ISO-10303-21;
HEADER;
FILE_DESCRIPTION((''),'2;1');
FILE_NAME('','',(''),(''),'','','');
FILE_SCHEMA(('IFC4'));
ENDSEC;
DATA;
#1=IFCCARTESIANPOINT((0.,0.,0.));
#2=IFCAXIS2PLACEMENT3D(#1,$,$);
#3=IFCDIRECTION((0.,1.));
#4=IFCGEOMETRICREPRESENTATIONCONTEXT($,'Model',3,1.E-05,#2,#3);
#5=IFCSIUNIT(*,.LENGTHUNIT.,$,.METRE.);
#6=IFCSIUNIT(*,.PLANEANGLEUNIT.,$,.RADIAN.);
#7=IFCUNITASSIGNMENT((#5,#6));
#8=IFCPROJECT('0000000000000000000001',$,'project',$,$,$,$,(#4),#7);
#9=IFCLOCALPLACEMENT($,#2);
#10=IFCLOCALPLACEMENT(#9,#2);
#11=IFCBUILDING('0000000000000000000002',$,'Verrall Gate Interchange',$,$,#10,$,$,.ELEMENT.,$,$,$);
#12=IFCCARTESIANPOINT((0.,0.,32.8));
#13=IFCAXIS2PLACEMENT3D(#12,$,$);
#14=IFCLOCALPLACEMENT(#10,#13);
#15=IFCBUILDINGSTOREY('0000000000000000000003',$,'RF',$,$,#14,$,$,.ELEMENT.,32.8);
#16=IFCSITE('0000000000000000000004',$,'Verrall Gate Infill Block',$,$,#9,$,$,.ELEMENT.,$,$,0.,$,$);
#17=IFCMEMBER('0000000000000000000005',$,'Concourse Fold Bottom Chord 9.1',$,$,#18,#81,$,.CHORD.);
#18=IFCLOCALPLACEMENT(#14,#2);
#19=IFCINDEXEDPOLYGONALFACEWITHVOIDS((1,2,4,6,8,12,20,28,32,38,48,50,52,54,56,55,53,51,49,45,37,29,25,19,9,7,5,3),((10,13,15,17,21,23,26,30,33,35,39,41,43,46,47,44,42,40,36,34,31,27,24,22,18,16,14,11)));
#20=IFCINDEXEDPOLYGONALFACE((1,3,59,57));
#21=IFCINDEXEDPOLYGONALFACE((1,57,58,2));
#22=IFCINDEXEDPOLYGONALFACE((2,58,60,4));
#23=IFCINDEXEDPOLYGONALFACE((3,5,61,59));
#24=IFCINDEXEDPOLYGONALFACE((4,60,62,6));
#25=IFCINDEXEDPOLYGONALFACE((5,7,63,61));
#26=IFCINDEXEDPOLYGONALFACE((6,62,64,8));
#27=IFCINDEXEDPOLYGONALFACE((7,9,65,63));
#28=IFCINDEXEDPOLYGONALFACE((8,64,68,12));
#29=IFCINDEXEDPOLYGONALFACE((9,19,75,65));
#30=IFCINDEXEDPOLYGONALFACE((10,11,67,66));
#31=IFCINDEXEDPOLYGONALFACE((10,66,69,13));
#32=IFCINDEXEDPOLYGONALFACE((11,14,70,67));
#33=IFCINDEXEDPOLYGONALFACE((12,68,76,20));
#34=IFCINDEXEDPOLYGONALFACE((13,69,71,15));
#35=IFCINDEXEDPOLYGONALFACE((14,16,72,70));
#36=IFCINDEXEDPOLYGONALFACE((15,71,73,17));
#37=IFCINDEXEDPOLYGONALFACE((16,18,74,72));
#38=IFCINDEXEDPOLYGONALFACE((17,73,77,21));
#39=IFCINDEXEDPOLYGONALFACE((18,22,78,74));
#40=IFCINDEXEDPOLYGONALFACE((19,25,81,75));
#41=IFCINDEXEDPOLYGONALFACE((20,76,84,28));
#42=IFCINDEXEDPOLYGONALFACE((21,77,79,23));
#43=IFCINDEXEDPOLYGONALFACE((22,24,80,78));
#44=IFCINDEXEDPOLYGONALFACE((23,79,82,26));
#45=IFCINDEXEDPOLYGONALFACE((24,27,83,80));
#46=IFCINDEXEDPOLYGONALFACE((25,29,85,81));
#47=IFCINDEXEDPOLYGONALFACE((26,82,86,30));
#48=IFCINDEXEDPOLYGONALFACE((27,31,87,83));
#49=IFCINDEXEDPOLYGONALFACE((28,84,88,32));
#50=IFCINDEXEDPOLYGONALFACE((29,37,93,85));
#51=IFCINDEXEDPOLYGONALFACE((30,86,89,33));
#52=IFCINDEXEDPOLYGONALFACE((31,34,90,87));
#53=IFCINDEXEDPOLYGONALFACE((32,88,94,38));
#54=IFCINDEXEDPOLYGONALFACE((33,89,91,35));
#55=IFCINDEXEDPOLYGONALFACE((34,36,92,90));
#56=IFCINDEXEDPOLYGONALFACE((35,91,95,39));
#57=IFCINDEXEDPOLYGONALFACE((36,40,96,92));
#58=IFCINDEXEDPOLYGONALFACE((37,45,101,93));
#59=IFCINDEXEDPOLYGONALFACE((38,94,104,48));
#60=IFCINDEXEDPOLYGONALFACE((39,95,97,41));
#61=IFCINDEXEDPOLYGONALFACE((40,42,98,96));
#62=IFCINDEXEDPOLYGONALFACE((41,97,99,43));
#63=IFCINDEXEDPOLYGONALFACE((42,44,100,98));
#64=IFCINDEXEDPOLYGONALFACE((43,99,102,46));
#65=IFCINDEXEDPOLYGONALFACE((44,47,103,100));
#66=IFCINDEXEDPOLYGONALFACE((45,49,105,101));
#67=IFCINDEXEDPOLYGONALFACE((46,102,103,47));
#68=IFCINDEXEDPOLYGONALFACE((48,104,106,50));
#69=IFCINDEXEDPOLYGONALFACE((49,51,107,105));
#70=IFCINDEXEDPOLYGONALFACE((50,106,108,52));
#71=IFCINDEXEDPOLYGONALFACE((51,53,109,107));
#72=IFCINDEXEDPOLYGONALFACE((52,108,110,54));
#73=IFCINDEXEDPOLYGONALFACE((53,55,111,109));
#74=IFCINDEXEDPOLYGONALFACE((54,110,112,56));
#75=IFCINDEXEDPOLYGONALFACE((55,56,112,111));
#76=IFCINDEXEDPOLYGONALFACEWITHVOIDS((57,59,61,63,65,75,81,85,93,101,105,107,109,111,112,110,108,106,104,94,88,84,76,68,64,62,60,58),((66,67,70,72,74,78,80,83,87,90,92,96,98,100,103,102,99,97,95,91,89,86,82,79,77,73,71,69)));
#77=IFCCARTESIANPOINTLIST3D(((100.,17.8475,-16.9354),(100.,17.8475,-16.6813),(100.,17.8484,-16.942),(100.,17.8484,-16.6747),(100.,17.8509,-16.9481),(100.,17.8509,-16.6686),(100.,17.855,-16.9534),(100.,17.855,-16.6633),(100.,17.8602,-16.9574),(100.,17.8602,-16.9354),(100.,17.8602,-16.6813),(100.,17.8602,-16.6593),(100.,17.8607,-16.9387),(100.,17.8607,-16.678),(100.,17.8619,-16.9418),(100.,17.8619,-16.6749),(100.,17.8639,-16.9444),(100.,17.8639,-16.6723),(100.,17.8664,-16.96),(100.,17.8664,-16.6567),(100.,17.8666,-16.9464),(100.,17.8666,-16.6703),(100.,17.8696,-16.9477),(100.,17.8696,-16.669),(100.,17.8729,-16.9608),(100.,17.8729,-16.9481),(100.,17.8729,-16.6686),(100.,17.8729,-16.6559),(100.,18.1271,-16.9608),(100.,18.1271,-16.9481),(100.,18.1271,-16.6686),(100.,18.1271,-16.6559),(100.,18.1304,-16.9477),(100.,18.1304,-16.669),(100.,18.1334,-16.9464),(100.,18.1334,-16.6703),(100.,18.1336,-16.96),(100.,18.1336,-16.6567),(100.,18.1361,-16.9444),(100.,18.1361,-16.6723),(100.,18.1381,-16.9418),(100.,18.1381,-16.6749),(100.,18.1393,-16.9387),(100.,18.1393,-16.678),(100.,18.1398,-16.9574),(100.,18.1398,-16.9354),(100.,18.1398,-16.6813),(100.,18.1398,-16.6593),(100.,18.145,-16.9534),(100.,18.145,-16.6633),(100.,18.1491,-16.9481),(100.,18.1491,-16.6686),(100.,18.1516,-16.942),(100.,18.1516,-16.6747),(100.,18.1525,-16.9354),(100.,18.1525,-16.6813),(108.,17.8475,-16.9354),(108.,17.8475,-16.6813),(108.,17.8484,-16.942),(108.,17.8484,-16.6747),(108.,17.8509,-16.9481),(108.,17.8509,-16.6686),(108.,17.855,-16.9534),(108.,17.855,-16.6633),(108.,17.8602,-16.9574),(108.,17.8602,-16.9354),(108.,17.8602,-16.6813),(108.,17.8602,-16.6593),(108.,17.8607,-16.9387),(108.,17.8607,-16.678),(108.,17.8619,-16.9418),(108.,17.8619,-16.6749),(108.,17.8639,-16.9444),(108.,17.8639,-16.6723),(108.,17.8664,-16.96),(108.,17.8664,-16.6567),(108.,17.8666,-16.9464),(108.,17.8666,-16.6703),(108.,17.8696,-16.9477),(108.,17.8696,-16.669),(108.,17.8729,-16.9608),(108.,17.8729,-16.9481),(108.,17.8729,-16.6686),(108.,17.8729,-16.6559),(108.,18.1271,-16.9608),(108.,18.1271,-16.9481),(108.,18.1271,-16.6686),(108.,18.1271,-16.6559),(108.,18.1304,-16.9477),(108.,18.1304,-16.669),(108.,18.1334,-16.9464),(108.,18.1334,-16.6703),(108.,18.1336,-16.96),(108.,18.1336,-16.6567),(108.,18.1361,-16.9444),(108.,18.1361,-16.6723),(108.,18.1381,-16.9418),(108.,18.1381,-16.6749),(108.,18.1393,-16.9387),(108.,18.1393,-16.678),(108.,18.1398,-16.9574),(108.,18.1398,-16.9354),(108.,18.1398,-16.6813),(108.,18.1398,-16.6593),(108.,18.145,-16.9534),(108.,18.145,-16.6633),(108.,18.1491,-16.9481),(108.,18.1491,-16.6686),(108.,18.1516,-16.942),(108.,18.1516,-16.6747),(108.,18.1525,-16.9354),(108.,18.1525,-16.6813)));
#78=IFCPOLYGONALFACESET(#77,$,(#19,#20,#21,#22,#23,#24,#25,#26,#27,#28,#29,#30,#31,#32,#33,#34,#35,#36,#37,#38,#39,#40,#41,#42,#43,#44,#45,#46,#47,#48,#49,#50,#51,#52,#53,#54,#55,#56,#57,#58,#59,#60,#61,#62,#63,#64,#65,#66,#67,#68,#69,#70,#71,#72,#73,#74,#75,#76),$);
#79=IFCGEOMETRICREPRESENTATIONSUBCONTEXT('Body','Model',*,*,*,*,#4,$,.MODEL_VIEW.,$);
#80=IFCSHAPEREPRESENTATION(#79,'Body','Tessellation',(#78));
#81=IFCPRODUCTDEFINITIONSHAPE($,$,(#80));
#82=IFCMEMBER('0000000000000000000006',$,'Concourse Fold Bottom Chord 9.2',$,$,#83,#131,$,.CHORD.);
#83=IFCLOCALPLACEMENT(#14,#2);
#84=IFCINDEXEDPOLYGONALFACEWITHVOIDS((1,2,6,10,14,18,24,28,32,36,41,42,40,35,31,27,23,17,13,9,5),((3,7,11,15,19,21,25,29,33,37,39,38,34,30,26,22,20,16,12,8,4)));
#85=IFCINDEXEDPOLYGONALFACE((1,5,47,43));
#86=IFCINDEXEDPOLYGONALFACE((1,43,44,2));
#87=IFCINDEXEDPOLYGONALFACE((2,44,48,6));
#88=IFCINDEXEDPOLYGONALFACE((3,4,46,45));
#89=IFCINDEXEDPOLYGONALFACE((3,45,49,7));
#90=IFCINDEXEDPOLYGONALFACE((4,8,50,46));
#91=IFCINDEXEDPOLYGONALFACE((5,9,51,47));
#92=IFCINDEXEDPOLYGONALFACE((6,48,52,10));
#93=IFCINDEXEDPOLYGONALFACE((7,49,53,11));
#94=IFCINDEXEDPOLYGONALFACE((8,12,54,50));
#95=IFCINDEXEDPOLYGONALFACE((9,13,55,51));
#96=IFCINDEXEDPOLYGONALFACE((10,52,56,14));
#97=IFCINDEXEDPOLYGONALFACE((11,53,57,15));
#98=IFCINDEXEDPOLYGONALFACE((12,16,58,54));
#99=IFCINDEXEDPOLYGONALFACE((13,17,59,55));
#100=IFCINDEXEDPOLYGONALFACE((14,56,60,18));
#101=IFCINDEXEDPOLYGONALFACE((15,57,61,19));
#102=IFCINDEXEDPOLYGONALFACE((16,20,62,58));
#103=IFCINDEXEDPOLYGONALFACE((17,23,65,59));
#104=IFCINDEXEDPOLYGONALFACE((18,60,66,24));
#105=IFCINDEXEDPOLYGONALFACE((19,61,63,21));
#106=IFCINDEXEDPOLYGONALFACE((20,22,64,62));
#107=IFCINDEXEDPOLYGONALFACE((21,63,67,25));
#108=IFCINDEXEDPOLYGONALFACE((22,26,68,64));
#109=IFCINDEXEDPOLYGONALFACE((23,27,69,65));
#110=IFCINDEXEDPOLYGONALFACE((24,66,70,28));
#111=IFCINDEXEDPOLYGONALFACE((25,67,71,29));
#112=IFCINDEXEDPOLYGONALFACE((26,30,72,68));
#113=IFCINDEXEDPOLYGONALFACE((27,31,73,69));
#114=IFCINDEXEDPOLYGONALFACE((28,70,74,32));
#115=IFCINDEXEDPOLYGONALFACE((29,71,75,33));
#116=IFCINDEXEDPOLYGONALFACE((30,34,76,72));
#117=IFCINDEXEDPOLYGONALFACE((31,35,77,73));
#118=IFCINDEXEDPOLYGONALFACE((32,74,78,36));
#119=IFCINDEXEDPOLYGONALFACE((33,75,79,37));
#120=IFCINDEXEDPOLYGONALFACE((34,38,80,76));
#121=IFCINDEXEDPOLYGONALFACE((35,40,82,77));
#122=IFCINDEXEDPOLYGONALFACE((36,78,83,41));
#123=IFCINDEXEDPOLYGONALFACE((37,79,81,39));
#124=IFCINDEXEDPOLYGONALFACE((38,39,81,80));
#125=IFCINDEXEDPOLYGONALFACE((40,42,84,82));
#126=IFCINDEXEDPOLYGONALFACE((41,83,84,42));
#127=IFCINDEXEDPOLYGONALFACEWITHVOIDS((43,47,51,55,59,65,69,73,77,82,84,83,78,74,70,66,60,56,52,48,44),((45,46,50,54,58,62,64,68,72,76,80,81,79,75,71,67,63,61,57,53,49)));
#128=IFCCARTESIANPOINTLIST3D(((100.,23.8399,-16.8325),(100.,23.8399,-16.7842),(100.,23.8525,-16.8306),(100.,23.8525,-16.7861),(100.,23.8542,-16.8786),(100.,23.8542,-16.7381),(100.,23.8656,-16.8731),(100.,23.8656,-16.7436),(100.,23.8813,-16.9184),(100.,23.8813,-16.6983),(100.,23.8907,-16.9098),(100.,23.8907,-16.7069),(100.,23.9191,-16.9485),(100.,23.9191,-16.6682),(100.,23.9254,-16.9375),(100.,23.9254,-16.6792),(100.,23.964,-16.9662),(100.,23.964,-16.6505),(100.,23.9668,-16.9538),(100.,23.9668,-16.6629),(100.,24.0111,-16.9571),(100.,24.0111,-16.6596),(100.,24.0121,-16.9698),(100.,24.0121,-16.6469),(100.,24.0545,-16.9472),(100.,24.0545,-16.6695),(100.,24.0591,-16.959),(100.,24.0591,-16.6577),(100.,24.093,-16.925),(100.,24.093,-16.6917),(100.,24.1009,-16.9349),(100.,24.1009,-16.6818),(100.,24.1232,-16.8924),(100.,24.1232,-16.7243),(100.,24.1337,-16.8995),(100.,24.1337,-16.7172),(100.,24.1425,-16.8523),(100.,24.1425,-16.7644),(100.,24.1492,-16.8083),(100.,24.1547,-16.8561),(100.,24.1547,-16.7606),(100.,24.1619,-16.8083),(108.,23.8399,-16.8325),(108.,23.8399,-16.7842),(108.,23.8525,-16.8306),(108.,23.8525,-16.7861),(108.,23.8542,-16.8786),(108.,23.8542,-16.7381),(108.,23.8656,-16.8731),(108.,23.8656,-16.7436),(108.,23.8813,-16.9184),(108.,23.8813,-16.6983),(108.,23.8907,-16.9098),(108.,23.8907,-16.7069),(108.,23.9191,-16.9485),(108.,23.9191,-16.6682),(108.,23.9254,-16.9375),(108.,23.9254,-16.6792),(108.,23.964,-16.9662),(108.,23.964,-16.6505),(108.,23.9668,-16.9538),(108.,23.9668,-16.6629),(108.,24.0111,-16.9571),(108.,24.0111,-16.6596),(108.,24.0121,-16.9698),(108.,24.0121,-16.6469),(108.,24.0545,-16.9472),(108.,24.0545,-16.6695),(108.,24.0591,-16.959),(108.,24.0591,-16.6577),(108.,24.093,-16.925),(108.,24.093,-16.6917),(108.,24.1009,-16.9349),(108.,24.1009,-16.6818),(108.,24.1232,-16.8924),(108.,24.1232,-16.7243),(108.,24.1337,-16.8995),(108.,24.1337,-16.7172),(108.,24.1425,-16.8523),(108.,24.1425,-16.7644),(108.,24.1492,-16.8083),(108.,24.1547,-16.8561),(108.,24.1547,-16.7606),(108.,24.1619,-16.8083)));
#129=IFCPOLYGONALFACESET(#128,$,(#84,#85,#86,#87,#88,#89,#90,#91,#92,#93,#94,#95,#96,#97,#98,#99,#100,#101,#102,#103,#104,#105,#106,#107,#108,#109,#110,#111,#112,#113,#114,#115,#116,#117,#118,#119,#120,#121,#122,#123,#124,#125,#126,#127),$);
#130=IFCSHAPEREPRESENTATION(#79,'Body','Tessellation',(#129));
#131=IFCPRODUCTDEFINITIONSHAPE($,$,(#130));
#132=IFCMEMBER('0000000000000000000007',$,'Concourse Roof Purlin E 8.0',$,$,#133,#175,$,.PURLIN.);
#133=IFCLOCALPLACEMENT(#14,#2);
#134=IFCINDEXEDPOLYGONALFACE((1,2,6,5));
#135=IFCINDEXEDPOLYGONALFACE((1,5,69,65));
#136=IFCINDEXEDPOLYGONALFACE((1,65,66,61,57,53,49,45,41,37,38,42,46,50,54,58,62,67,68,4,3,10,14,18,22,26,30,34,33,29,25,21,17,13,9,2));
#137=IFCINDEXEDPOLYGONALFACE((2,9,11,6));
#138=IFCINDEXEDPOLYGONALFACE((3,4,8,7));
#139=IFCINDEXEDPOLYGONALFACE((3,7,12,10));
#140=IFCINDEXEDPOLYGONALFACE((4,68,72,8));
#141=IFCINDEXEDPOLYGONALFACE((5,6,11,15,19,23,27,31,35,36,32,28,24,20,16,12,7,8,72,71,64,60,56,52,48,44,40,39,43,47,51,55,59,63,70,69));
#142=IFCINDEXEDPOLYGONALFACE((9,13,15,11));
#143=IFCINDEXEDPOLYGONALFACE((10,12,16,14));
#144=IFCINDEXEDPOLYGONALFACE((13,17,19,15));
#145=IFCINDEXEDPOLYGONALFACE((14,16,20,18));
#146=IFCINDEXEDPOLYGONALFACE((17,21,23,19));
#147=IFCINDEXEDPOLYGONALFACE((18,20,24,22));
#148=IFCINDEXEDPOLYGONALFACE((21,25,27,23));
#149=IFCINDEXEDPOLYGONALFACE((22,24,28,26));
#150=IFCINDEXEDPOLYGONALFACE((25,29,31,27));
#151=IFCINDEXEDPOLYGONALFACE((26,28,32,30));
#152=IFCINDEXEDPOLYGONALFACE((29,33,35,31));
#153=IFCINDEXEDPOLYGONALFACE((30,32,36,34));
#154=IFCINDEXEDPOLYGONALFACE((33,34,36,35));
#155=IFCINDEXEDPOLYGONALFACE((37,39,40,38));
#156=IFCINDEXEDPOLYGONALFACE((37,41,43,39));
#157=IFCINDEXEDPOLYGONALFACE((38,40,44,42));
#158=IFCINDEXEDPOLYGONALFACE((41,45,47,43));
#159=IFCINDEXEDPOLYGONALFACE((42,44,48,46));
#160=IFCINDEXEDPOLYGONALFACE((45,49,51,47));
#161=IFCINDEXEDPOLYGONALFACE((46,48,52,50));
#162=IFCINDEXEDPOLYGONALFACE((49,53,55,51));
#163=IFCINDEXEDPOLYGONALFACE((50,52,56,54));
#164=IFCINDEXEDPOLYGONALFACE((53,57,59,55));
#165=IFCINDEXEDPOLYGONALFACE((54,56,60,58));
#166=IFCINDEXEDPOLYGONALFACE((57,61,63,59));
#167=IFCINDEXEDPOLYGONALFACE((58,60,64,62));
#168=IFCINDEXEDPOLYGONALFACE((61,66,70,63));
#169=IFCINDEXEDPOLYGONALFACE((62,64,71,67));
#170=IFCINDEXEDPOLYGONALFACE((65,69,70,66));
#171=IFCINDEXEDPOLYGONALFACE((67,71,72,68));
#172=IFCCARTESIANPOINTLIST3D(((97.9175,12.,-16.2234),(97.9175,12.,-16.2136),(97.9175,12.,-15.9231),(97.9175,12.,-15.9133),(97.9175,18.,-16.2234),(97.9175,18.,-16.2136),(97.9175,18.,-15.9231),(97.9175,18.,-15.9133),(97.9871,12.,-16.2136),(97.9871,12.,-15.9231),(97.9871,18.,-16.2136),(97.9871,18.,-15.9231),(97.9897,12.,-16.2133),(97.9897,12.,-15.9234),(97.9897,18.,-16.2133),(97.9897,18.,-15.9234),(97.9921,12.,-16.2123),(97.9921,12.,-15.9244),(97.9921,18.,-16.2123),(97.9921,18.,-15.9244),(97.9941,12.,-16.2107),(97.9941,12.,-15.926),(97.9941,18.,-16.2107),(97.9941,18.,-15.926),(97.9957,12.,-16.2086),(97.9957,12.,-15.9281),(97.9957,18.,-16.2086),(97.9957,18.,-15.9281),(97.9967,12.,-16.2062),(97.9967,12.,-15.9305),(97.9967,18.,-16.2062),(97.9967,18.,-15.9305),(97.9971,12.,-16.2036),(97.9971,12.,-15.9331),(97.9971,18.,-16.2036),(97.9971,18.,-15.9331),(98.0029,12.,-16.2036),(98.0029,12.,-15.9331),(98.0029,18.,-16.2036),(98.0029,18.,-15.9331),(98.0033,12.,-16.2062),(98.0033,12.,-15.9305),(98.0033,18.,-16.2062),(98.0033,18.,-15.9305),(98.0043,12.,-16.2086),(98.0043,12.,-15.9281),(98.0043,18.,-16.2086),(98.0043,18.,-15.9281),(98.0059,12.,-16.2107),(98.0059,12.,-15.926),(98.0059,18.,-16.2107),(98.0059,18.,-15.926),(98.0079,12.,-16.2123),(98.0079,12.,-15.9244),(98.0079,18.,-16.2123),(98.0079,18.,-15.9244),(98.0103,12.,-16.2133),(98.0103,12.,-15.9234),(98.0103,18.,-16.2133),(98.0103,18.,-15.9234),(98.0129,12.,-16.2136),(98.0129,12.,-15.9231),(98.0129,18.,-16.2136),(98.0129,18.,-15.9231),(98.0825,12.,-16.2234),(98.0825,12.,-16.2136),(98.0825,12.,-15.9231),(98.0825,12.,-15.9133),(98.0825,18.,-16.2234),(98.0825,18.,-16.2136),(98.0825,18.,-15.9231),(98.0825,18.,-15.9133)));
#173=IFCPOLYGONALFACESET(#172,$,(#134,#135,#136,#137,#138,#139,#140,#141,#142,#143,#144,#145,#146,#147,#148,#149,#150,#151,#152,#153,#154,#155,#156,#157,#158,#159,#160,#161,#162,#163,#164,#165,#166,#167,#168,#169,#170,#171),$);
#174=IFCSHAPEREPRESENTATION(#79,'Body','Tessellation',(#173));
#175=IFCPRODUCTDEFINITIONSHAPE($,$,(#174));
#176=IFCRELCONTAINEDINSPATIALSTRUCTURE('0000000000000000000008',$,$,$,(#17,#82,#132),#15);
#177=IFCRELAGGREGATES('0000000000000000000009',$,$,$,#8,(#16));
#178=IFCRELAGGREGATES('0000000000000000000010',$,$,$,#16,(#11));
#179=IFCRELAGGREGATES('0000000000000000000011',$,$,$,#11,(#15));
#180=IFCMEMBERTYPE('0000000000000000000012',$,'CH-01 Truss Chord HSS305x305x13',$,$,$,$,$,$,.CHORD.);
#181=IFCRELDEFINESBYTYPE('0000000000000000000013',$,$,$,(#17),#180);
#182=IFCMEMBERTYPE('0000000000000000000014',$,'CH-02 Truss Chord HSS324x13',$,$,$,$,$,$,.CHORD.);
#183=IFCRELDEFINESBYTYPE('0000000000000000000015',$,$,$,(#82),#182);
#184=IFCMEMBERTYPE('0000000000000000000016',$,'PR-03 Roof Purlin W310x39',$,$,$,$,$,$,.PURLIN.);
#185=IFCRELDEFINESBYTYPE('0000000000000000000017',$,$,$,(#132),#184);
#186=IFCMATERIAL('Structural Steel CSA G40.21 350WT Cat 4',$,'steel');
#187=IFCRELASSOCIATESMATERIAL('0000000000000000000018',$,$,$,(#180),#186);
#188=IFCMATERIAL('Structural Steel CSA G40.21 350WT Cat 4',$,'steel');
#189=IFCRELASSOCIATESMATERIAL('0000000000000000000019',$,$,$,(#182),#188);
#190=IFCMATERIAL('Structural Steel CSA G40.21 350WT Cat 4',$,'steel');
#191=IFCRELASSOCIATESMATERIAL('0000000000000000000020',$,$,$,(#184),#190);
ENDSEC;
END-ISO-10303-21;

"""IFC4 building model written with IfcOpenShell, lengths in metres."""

from ifc_helpers import new_model, si_unit, direction, frame, origin, origin_2d, place, context, subcontext, project, spatial, hollow_rectangle, hollow_circle, i_section, extrude, material, material_profile, profile_set, type_object, element, save


model = new_model("IFC4")

# Units and contexts
model_context = context("Model", 3, precision=1e-05, world=origin(), true_north=direction((0.0, 1.0)))
body_context = subcontext(model_context, "Body", "Model", "MODEL_VIEW")
ifc_project = project(units=[si_unit("LENGTHUNIT", "METRE"), si_unit("PLANEANGLEUNIT", "RADIAN")], contexts=[model_context])

# Site, building, storey
site_placement = place(None, origin())
site = spatial("IfcSite", under=ifc_project, at=site_placement, Name="Verrall Gate Infill Block", CompositionType="ELEMENT", RefElevation=0.0)
building_placement = place(site_placement, origin())
building = spatial("IfcBuilding", under=site, at=building_placement, Name="Verrall Gate Interchange", CompositionType="ELEMENT")
storey_placement = place(building_placement, frame((0.0, 0.0, 32.8)))
storey = spatial("IfcBuildingStorey", under=building, at=storey_placement, Name="RF", CompositionType="ELEMENT", Elevation=32.8)

# Members
ifc_material_1 = material(Name="Structural Steel CSA G40.21 350WT Cat 4", Category="steel")
ifc_material_profile_1 = material_profile(ifc_material_1, hollow_rectangle(XDim=0.3049, YDim=0.3049, WallThickness=0.0127, InnerFilletRadius=0.0127, OuterFilletRadius=0.0254, at=origin_2d()), Name="HSS305x305x13")
ifc_profile_set_1 = profile_set([ifc_material_profile_1], Name="Structural Steel CSA G40.21 350WT Cat 4")
member_type_1 = type_object("IfcMemberType", Name="CH-01 Truss Chord HSS305x305x13", PredefinedType="CHORD", material=ifc_profile_set_1)
member_1_placement = place(storey_placement, frame((100.0, 18.0, -16.8083), z_axis=(1.0, 0.0, 0.0), x_axis=(0.0, 1.0, 0.0)))
element("IfcMember", 1, at=member_1_placement, inside=storey, type_object=member_type_1, Name="Concourse Fold Bottom Chord 9.1", PredefinedType="CHORD", context=body_context, shape_type="SweptSolid", body=[
    extrude(hollow_rectangle(XDim=0.3049, YDim=0.3049, WallThickness=0.0127, InnerFilletRadius=0.0127, OuterFilletRadius=0.0254, at=origin_2d()), origin(), (0.0, 0.0, 1.0), 8.0),
])
ifc_material_2 = material(Name="Structural Steel CSA G40.21 350WT Cat 4", Category="steel")
ifc_material_profile_2 = material_profile(ifc_material_2, hollow_circle(Radius=0.1619, WallThickness=0.0127, at=origin_2d()), Name="HSS324x13")
ifc_profile_set_2 = profile_set([ifc_material_profile_2], Name="Structural Steel CSA G40.21 350WT Cat 4")
member_type_2 = type_object("IfcMemberType", Name="CH-02 Truss Chord HSS324x13", PredefinedType="CHORD", material=ifc_profile_set_2)
member_2_placement = place(storey_placement, frame((100.0, 24.0, -16.8083), z_axis=(1.0, 0.0, 0.0), x_axis=(0.0, 1.0, 0.0)))
element("IfcMember", 2, at=member_2_placement, inside=storey, type_object=member_type_2, Name="Concourse Fold Bottom Chord 9.2", PredefinedType="CHORD", context=body_context, shape_type="SweptSolid", body=[
    extrude(hollow_circle(Radius=0.1619, WallThickness=0.0127, at=origin_2d()), origin(), (0.0, 0.0, 1.0), 8.0),
])
ifc_material_3 = material(Name="Structural Steel CSA G40.21 350WT Cat 4", Category="steel")
ifc_material_profile_3 = material_profile(ifc_material_3, i_section(OverallWidth=0.165, OverallDepth=0.3101, WebThickness=0.0059, FlangeThickness=0.0098, FilletRadius=0.01, at=origin_2d()), Name="W310x39")
ifc_profile_set_3 = profile_set([ifc_material_profile_3], Name="Structural Steel CSA G40.21 350WT Cat 4")
member_type_3 = type_object("IfcMemberType", Name="PR-03 Roof Purlin W310x39", PredefinedType="PURLIN", material=ifc_profile_set_3)
for number, where, z_axis, x_axis, name in (
    (3, (98.0, 12.0, -16.0684), (0.0, 1.0, 0.0), (-1.0, 0.0, 0.0), "Concourse Roof Purlin E 8.0"),
):
    element("IfcMember", number, at=place(storey_placement, frame(where, z_axis=z_axis, x_axis=x_axis)), inside=storey, type_object=member_type_3, Name=name, PredefinedType="PURLIN", context=body_context, shape_type="SweptSolid", body=[
        extrude(i_section(OverallWidth=0.165, OverallDepth=0.3101, WebThickness=0.0059, FlangeThickness=0.0098, FilletRadius=0.01, at=origin_2d()), origin(), (0.0, 0.0, 1.0), 6.0),
    ])

save(model, "model.ifc")
